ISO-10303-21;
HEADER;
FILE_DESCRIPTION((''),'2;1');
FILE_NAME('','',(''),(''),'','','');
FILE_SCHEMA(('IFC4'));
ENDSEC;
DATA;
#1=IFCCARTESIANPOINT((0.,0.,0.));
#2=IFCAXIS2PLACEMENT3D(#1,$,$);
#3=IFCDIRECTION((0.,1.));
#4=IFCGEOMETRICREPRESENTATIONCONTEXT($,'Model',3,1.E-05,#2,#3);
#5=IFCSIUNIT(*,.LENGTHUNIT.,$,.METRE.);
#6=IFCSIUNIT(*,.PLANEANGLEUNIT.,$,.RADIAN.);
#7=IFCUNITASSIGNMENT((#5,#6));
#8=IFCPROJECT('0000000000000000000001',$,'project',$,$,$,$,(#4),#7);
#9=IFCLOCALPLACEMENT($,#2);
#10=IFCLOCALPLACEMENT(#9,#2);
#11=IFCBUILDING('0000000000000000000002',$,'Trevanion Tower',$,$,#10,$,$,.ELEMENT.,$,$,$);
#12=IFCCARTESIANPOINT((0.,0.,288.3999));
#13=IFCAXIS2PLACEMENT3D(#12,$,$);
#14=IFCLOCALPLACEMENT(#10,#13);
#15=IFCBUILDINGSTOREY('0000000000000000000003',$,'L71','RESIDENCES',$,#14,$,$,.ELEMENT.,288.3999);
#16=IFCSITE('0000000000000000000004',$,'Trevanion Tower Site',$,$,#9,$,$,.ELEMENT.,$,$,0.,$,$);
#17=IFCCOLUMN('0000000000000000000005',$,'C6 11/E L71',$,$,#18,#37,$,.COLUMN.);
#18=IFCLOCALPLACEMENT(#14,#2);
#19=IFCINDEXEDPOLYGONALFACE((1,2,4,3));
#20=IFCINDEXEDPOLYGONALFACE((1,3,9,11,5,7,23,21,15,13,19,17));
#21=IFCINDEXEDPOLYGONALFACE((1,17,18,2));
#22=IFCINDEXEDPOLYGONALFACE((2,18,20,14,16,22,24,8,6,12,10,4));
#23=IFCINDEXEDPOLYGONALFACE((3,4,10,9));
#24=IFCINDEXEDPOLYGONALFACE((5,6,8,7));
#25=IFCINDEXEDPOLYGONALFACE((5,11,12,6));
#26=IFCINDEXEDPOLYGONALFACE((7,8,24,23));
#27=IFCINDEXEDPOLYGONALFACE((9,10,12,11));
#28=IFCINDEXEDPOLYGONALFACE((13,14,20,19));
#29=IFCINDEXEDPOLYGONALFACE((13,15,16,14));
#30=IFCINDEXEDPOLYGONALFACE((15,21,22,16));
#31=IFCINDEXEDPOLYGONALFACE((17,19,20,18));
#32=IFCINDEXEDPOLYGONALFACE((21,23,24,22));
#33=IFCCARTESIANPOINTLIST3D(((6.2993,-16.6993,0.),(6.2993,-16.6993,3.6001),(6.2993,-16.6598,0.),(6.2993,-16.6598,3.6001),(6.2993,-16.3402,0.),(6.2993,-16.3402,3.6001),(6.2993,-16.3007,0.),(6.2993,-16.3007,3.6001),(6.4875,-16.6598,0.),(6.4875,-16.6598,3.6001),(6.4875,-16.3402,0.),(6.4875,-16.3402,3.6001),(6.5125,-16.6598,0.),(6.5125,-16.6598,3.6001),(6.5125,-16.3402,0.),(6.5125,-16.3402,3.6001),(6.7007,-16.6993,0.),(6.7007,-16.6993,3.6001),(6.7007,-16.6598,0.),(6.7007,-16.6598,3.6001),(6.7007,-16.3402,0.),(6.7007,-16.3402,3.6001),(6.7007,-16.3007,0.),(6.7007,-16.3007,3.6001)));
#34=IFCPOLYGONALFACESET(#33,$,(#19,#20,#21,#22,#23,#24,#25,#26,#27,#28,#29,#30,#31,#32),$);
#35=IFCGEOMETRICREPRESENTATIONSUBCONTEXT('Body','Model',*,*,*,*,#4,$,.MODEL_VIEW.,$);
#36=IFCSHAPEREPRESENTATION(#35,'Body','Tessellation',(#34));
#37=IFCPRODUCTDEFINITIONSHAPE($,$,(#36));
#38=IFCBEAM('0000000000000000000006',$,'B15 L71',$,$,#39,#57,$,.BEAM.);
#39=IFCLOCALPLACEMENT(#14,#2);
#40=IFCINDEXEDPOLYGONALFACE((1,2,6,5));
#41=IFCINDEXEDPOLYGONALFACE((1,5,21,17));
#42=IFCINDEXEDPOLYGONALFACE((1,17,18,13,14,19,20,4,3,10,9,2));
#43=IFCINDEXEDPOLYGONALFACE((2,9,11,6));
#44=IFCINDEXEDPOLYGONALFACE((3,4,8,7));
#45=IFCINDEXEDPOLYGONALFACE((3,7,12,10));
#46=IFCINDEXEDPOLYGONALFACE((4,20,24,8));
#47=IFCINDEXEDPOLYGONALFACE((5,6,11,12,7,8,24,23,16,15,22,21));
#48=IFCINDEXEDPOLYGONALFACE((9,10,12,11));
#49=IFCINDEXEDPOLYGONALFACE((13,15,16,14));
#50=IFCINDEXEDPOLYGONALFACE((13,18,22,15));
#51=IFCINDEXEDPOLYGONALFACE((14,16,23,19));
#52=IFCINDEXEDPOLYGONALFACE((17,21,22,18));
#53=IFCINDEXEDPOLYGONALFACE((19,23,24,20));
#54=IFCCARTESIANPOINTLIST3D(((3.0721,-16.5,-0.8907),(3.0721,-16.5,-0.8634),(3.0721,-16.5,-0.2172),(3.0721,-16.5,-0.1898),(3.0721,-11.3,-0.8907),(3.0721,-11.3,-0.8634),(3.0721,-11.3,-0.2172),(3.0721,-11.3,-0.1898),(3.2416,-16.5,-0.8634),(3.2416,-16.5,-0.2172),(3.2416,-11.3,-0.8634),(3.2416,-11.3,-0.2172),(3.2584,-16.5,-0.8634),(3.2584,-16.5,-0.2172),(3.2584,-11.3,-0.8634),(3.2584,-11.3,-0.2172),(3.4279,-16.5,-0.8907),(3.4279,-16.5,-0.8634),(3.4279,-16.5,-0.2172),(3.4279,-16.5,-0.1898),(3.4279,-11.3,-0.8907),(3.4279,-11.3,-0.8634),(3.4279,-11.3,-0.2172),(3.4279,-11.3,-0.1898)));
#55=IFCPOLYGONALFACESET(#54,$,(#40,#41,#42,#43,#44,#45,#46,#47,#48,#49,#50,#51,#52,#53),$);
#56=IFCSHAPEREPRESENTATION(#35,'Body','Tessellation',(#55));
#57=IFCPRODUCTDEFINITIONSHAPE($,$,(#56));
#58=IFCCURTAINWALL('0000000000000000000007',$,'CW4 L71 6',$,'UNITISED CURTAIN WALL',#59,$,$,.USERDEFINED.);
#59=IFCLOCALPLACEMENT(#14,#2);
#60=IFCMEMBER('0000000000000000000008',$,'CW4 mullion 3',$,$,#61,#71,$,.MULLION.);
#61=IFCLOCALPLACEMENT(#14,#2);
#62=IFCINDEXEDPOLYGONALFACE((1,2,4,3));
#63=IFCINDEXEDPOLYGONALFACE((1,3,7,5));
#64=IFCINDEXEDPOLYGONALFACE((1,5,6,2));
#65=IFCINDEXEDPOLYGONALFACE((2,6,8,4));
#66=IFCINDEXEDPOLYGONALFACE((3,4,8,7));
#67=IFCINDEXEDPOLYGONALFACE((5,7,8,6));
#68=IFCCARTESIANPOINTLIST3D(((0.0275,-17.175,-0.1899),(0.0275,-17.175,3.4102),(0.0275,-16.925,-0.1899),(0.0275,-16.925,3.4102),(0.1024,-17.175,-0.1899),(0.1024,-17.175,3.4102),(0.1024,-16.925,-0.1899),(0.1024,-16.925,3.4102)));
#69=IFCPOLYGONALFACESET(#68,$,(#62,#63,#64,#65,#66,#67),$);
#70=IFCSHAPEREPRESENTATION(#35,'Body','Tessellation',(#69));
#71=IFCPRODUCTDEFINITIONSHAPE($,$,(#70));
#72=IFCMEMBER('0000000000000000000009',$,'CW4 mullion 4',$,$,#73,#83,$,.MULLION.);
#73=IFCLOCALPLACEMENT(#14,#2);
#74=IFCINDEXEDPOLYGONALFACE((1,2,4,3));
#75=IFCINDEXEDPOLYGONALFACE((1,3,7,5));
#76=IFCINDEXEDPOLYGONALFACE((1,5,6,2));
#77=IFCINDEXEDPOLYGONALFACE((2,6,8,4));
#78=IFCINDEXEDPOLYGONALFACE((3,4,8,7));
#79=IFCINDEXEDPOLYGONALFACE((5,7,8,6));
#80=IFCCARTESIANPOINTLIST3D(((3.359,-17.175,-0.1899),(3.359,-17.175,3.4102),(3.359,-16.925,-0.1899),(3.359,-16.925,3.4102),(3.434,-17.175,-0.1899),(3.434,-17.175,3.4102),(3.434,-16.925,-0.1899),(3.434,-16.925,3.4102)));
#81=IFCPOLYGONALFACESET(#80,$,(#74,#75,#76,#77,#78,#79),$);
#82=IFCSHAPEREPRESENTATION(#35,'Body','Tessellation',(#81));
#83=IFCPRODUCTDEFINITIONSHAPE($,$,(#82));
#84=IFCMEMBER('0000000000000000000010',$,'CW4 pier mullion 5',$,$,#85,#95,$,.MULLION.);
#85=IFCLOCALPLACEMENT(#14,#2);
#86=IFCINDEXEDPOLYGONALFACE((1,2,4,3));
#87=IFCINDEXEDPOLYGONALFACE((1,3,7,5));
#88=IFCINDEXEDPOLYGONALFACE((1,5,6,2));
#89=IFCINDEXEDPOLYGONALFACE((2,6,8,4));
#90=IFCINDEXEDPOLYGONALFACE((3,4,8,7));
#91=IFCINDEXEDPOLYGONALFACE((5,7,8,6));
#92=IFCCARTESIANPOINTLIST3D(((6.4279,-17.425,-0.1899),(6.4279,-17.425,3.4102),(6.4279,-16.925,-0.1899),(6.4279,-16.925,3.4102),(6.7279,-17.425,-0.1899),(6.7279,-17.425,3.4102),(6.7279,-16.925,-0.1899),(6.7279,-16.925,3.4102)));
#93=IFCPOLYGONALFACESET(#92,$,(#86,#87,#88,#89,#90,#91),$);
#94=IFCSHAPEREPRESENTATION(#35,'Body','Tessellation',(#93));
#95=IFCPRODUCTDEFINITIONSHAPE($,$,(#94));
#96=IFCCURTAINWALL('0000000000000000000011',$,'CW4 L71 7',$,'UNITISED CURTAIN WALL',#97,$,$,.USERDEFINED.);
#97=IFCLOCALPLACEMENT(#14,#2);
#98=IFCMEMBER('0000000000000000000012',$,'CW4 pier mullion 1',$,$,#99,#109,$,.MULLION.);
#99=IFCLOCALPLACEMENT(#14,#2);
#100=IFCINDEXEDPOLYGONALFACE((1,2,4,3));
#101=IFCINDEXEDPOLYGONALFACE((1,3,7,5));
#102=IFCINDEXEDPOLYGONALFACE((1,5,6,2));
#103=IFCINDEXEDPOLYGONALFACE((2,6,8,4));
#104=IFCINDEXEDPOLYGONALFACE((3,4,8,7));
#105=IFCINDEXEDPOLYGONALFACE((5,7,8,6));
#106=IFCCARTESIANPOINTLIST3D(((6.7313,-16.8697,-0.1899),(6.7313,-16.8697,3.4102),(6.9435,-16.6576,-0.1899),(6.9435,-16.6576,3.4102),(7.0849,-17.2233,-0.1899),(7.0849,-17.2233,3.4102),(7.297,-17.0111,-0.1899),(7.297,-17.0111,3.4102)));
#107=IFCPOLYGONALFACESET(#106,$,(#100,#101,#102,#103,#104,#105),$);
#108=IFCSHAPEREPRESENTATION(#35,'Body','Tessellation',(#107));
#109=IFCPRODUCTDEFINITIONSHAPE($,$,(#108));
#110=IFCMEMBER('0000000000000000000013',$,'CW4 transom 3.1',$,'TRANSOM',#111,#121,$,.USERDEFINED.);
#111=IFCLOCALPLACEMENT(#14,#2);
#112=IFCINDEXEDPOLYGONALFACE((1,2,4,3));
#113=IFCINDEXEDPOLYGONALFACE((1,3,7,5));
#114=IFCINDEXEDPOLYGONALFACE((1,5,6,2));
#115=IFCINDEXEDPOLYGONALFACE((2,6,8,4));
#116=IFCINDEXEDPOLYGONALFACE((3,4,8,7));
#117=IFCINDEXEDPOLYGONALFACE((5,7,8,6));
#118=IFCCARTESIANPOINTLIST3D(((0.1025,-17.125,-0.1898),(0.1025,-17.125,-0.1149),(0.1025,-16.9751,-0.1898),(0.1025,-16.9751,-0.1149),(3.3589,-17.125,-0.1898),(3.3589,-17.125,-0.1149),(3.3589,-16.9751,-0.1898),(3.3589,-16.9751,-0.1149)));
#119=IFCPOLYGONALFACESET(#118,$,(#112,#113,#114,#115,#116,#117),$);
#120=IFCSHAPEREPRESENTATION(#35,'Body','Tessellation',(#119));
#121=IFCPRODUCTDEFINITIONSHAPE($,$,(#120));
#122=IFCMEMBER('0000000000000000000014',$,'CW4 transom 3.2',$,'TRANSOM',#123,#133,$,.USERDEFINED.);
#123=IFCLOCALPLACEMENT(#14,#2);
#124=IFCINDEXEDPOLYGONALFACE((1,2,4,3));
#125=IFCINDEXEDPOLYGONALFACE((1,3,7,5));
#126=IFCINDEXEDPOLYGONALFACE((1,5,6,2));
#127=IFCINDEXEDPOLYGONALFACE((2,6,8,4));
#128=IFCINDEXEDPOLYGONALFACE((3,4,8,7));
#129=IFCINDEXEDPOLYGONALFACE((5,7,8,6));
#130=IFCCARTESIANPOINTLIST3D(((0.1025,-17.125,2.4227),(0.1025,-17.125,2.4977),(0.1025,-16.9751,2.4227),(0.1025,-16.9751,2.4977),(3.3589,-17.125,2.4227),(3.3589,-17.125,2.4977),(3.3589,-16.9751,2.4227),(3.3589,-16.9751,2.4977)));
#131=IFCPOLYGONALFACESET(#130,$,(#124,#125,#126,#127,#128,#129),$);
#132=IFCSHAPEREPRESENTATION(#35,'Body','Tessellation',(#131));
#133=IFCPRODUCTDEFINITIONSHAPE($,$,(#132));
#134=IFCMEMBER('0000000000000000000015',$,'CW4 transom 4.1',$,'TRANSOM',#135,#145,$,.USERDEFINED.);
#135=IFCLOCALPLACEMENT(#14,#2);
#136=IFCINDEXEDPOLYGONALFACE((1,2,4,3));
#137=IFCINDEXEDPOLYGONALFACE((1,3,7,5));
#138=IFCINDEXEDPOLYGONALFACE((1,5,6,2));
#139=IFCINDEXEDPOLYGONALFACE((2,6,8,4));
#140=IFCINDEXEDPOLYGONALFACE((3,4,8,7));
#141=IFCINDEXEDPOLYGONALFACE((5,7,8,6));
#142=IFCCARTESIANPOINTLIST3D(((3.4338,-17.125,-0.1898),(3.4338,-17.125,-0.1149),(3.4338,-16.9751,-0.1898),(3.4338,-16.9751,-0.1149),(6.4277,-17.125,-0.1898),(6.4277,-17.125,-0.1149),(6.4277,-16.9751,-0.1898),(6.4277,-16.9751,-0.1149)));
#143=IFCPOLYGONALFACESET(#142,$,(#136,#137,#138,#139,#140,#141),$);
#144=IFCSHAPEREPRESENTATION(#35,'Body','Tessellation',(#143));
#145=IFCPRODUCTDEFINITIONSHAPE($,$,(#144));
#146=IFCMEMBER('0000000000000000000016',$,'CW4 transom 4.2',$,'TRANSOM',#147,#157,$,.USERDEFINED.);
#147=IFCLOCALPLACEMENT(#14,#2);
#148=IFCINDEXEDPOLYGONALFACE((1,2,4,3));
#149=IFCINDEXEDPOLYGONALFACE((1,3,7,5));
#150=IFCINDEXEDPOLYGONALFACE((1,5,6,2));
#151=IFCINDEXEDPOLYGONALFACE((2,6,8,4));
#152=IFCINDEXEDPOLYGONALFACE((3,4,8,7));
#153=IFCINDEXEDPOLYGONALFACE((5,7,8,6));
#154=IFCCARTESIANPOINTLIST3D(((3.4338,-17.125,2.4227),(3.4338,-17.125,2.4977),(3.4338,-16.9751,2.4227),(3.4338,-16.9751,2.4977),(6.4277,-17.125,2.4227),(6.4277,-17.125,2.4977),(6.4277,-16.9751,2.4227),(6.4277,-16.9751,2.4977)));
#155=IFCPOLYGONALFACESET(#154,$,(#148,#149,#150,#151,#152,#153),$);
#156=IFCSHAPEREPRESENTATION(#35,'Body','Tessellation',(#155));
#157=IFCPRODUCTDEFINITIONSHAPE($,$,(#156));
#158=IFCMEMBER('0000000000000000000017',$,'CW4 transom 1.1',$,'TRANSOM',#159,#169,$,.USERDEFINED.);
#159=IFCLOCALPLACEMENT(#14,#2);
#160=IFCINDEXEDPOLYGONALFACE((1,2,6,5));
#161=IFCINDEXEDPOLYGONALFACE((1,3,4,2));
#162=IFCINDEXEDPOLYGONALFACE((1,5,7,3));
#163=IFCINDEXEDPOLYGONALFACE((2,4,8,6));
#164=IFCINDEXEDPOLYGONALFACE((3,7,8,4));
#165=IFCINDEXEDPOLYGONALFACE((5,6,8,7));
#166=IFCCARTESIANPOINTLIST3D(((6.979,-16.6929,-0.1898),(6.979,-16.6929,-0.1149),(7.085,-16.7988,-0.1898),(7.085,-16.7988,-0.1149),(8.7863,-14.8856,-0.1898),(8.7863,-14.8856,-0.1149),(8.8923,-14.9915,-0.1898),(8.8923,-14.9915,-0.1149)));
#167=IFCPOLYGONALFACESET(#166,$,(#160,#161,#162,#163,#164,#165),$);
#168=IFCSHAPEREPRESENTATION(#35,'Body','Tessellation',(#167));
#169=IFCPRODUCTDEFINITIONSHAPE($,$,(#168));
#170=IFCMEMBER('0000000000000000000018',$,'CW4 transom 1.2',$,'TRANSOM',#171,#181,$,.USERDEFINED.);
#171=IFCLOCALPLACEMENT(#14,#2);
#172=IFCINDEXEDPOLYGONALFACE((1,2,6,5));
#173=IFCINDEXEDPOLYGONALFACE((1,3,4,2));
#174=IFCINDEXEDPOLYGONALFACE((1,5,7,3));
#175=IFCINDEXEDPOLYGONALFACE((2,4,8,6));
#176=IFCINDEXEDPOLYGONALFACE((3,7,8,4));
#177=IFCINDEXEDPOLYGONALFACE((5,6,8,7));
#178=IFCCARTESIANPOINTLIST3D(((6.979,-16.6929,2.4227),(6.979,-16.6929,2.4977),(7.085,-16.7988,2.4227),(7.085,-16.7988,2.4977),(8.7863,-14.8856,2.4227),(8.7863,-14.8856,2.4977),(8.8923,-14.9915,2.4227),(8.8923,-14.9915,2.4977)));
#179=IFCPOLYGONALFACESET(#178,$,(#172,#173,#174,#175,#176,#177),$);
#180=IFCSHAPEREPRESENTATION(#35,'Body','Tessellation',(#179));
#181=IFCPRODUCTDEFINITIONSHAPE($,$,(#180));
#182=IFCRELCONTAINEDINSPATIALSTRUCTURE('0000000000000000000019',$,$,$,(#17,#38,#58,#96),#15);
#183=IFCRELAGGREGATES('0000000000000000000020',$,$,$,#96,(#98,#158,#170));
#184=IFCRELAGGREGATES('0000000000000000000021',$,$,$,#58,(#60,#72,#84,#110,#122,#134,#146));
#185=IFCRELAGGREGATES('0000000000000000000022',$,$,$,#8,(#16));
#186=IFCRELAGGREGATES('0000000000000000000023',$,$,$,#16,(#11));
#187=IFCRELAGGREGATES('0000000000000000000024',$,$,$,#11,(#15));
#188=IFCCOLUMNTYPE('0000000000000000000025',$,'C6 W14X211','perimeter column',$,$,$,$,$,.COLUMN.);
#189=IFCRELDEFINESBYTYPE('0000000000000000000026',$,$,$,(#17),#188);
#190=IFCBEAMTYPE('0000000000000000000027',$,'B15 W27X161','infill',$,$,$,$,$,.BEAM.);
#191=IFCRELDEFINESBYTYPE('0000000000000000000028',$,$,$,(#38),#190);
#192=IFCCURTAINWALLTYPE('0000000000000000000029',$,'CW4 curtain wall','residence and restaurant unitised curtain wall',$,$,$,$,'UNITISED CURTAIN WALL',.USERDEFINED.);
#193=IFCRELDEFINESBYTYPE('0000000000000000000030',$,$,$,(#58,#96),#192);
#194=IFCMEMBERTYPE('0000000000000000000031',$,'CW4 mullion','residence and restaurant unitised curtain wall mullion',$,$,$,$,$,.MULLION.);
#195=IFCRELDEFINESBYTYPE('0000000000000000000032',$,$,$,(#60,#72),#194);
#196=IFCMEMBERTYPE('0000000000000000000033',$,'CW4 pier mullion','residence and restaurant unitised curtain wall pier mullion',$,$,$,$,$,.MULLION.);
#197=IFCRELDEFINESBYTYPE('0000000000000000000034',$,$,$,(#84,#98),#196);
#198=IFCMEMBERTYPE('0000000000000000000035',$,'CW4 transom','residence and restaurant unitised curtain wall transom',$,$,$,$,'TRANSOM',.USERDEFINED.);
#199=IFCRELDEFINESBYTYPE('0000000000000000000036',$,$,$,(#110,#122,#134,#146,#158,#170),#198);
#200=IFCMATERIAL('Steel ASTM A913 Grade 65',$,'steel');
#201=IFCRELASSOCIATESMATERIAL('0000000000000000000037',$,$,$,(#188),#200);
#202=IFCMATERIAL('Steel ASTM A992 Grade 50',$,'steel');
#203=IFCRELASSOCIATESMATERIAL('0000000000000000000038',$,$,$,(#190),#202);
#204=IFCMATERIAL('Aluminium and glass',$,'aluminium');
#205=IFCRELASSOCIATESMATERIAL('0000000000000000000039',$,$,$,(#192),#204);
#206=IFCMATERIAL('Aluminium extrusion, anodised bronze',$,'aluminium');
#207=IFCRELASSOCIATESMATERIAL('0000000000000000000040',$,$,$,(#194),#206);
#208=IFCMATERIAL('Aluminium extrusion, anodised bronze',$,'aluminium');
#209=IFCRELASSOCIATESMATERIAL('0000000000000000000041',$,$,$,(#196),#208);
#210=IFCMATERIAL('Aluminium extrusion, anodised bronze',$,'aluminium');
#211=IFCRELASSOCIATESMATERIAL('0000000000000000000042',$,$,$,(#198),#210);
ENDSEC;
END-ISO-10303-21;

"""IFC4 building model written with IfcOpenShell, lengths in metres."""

from ifc_helpers import new_model, si_unit, direction, frame, origin, origin_2d, place, context, subcontext, project, spatial, rectangle, i_section, extrude, material, material_profile, profile_set, type_object, element, aggregate, save


model = new_model("IFC4")

# Units and contexts
model_context = context("Model", 3, precision=1e-05, world=origin(), true_north=direction((0.0, 1.0)))
body_context = subcontext(model_context, "Body", "Model", "MODEL_VIEW")
ifc_project = project(units=[si_unit("LENGTHUNIT", "METRE"), si_unit("PLANEANGLEUNIT", "RADIAN")], contexts=[model_context])

# Site, building, storey
site_placement = place(None, origin())
site = spatial("IfcSite", under=ifc_project, at=site_placement, Name="Trevanion Tower Site", CompositionType="ELEMENT", RefElevation=0.0)
building_placement = place(site_placement, origin())
building = spatial("IfcBuilding", under=site, at=building_placement, Name="Trevanion Tower", CompositionType="ELEMENT")
storey_placement = place(building_placement, frame((0.0, 0.0, 288.3999)))
storey = spatial("IfcBuildingStorey", under=building, at=storey_placement, Name="L71", Description="RESIDENCES", CompositionType="ELEMENT", Elevation=288.3999)

# Column
ifc_material_1 = material(Name="Steel ASTM A913 Grade 65", Category="steel")
ifc_material_profile_1 = material_profile(ifc_material_1, i_section(OverallWidth=0.4014, OverallDepth=0.3987, WebThickness=0.0249, FlangeThickness=0.0396, at=origin_2d()), Name="W14X211")
ifc_profile_set_1 = profile_set([ifc_material_profile_1], Name="Steel ASTM A913 Grade 65")
column_type = type_object("IfcColumnType", Name="C6 W14X211", Description="perimeter column", PredefinedType="COLUMN", material=ifc_profile_set_1)
column_placement = place(storey_placement, frame((6.5, -16.5, 0.0), z_axis=(0.0, 0.0, 1.0), x_axis=(1.0, 0.0, 0.0)))
element("IfcColumn", 1, at=column_placement, inside=storey, type_object=column_type, Name="C6 11/E L71", PredefinedType="COLUMN", context=body_context, shape_type="SweptSolid", body=[
    extrude(i_section(OverallWidth=0.4014, OverallDepth=0.3987, WebThickness=0.0249, FlangeThickness=0.0396, at=origin_2d()), origin(), (0.0, 0.0, 1.0), 3.6001),
])

# Beam
ifc_material_2 = material(Name="Steel ASTM A992 Grade 50", Category="steel")
ifc_material_profile_2 = material_profile(ifc_material_2, i_section(OverallWidth=0.3557, OverallDepth=0.7009, WebThickness=0.0168, FlangeThickness=0.0273, at=origin_2d()), Name="W27X161")
ifc_profile_set_2 = profile_set([ifc_material_profile_2], Name="Steel ASTM A992 Grade 50")
beam_type_1 = type_object("IfcBeamType", Name="B15 W27X161", Description="infill", PredefinedType="BEAM", material=ifc_profile_set_2)
beam_1_placement = place(storey_placement, frame((3.25, -11.3, -0.5403), z_axis=(0.0, -1.0, 0.0), x_axis=(1.0, 0.0, 0.0)))
element("IfcBeam", 2, at=beam_1_placement, inside=storey, type_object=beam_type_1, Name="B15 L71", PredefinedType="BEAM", context=body_context, shape_type="SweptSolid", body=[
    extrude(i_section(OverallWidth=0.3557, OverallDepth=0.7009, WebThickness=0.0168, FlangeThickness=0.0273, at=origin_2d()), origin(), (0.0, 0.0, 1.0), 5.2),
])

# Curtain wall, members
ifc_material_3 = material(Name="Aluminium and glass", Category="aluminium")
curtain_wall_type = type_object("IfcCurtainWallType", Name="CW4 curtain wall", Description="residence and restaurant unitised curtain wall", ElementType="UNITISED CURTAIN WALL", PredefinedType="USERDEFINED", material=ifc_material_3)
curtain_wall_1_placement = place(storey_placement, origin())
curtain_wall_1 = element("IfcCurtainWall", 3, at=curtain_wall_1_placement, inside=storey, type_object=curtain_wall_type, Name="CW4 L71 6", ObjectType="UNITISED CURTAIN WALL", PredefinedType="USERDEFINED")
ifc_material_4 = material(Name="Aluminium extrusion, anodised bronze", Category="aluminium")
ifc_material_profile_3 = material_profile(ifc_material_4, rectangle(XDim=0.075, YDim=0.25, at=origin_2d()), Name="CW4 mullion")
ifc_profile_set_3 = profile_set([ifc_material_profile_3], Name="Aluminium extrusion, anodised bronze")
member_type_1 = type_object("IfcMemberType", Name="CW4 mullion", Description="residence and restaurant unitised curtain wall mullion", PredefinedType="MULLION", material=ifc_profile_set_3)
member_1_placement = place(storey_placement, frame((0.0649, -17.05, -0.1899), z_axis=(0.0, 0.0, 1.0), x_axis=(1.0, 0.0, 0.0)))
member_1 = element("IfcMember", 4, at=member_1_placement, type_object=member_type_1, Name="CW4 mullion 3", PredefinedType="MULLION", context=body_context, shape_type="SweptSolid", body=[
    extrude(rectangle(XDim=0.075, YDim=0.25, at=origin_2d()), origin(), (0.0, 0.0, 1.0), 3.6001),
])
member_2_placement = place(storey_placement, frame((3.3965, -17.05, -0.1899), z_axis=(0.0, 0.0, 1.0), x_axis=(1.0, 0.0, 0.0)))
member_2 = element("IfcMember", 5, at=member_2_placement, type_object=member_type_1, Name="CW4 mullion 4", PredefinedType="MULLION", context=body_context, shape_type="SweptSolid", body=[
    extrude(rectangle(XDim=0.075, YDim=0.25, at=origin_2d()), origin(), (0.0, 0.0, 1.0), 3.6001),
])
ifc_material_5 = material(Name="Aluminium extrusion, anodised bronze", Category="aluminium")
ifc_material_profile_4 = material_profile(ifc_material_5, rectangle(XDim=0.3, YDim=0.5, at=origin_2d()), Name="CW4 pier mullion")
ifc_profile_set_4 = profile_set([ifc_material_profile_4], Name="Aluminium extrusion, anodised bronze")
member_type_2 = type_object("IfcMemberType", Name="CW4 pier mullion", Description="residence and restaurant unitised curtain wall pier mullion", PredefinedType="MULLION", material=ifc_profile_set_4)
member_3_placement = place(storey_placement, frame((6.5779, -17.175, -0.1899), z_axis=(0.0, 0.0, 1.0), x_axis=(1.0, 0.0, 0.0)))
member_3 = element("IfcMember", 6, at=member_3_placement, type_object=member_type_2, Name="CW4 pier mullion 5", PredefinedType="MULLION", context=body_context, shape_type="SweptSolid", body=[
    extrude(rectangle(XDim=0.3, YDim=0.5, at=origin_2d()), origin(), (0.0, 0.0, 1.0), 3.6001),
])

# Curtain wall, member
curtain_wall_2_placement = place(storey_placement, origin())
curtain_wall_2 = element("IfcCurtainWall", 7, at=curtain_wall_2_placement, inside=storey, type_object=curtain_wall_type, Name="CW4 L71 7", ObjectType="UNITISED CURTAIN WALL", PredefinedType="USERDEFINED")
member_4_placement = place(storey_placement, frame((7.0142, -16.9404, -0.1899), z_axis=(0.0, 0.0, 1.0), x_axis=(0.707107, 0.707107, 0.0)))
member_4 = element("IfcMember", 8, at=member_4_placement, type_object=member_type_2, Name="CW4 pier mullion 1", PredefinedType="MULLION", context=body_context, shape_type="SweptSolid", body=[
    extrude(rectangle(XDim=0.3, YDim=0.5, at=origin_2d()), origin(), (0.0, 0.0, 1.0), 3.6001),
])

# Members
ifc_material_6 = material(Name="Aluminium extrusion, anodised bronze", Category="aluminium")
ifc_material_profile_5 = material_profile(ifc_material_6, rectangle(XDim=0.1499, YDim=0.075, at=origin_2d()), Name="CW4 transom")
ifc_profile_set_5 = profile_set([ifc_material_profile_5], Name="Aluminium extrusion, anodised bronze")
member_type_3 = type_object("IfcMemberType", Name="CW4 transom", Description="residence and restaurant unitised curtain wall transom", ElementType="TRANSOM", PredefinedType="USERDEFINED", material=ifc_profile_set_5)
member_5_placement = place(storey_placement, frame((0.1025, -17.05, -0.1523), z_axis=(1.0, 0.0, 0.0), x_axis=(0.0, 1.0, 0.0)))
member_5 = element("IfcMember", 9, at=member_5_placement, type_object=member_type_3, Name="CW4 transom 3.1", ObjectType="TRANSOM", PredefinedType="USERDEFINED", context=body_context, shape_type="SweptSolid", body=[
    extrude(rectangle(XDim=0.1499, YDim=0.075, at=origin_2d()), origin(), (0.0, 0.0, 1.0), 3.2563),
])
member_6_placement = place(storey_placement, frame((0.1025, -17.05, 2.4602), z_axis=(1.0, 0.0, 0.0), x_axis=(0.0, 1.0, 0.0)))
member_6 = element("IfcMember", 10, at=member_6_placement, type_object=member_type_3, Name="CW4 transom 3.2", ObjectType="TRANSOM", PredefinedType="USERDEFINED", context=body_context, shape_type="SweptSolid", body=[
    extrude(rectangle(XDim=0.1499, YDim=0.075, at=origin_2d()), origin(), (0.0, 0.0, 1.0), 3.2563),
])
member_7_placement = place(storey_placement, frame((3.4338, -17.05, -0.1523), z_axis=(1.0, 0.0, 0.0), x_axis=(0.0, 1.0, 0.0)))
member_7 = element("IfcMember", 11, at=member_7_placement, type_object=member_type_3, Name="CW4 transom 4.1", ObjectType="TRANSOM", PredefinedType="USERDEFINED", context=body_context, shape_type="SweptSolid", body=[
    extrude(rectangle(XDim=0.1499, YDim=0.075, at=origin_2d()), origin(), (0.0, 0.0, 1.0), 2.9939),
])
member_8_placement = place(storey_placement, frame((3.4338, -17.05, 2.4602), z_axis=(1.0, 0.0, 0.0), x_axis=(0.0, 1.0, 0.0)))
member_8 = element("IfcMember", 12, at=member_8_placement, type_object=member_type_3, Name="CW4 transom 4.2", ObjectType="TRANSOM", PredefinedType="USERDEFINED", context=body_context, shape_type="SweptSolid", body=[
    extrude(rectangle(XDim=0.1499, YDim=0.075, at=origin_2d()), origin(), (0.0, 0.0, 1.0), 2.9939),
])
member_9_placement = place(storey_placement, frame((7.032, -16.7458, -0.1523), z_axis=(0.707107, 0.707107, 0.0), x_axis=(-0.707107, 0.707107, 0.0)))
member_9 = element("IfcMember", 13, at=member_9_placement, type_object=member_type_3, Name="CW4 transom 1.1", ObjectType="TRANSOM", PredefinedType="USERDEFINED", context=body_context, shape_type="SweptSolid", body=[
    extrude(rectangle(XDim=0.1499, YDim=0.075, at=origin_2d()), origin(), (0.0, 0.0, 1.0), 2.5559),
])
member_10_placement = place(storey_placement, frame((7.032, -16.7458, 2.4602), z_axis=(0.707107, 0.707107, 0.0), x_axis=(-0.707107, 0.707107, 0.0)))
member_10 = element("IfcMember", 14, at=member_10_placement, type_object=member_type_3, Name="CW4 transom 1.2", ObjectType="TRANSOM", PredefinedType="USERDEFINED", context=body_context, shape_type="SweptSolid", body=[
    extrude(rectangle(XDim=0.1499, YDim=0.075, at=origin_2d()), origin(), (0.0, 0.0, 1.0), 2.5559),
])
aggregate(curtain_wall_2, [member_4, member_9, member_10])

aggregate(curtain_wall_1, [member_1, member_2, member_3, member_5, member_6, member_7, member_8])

save(model, "model.ifc")
